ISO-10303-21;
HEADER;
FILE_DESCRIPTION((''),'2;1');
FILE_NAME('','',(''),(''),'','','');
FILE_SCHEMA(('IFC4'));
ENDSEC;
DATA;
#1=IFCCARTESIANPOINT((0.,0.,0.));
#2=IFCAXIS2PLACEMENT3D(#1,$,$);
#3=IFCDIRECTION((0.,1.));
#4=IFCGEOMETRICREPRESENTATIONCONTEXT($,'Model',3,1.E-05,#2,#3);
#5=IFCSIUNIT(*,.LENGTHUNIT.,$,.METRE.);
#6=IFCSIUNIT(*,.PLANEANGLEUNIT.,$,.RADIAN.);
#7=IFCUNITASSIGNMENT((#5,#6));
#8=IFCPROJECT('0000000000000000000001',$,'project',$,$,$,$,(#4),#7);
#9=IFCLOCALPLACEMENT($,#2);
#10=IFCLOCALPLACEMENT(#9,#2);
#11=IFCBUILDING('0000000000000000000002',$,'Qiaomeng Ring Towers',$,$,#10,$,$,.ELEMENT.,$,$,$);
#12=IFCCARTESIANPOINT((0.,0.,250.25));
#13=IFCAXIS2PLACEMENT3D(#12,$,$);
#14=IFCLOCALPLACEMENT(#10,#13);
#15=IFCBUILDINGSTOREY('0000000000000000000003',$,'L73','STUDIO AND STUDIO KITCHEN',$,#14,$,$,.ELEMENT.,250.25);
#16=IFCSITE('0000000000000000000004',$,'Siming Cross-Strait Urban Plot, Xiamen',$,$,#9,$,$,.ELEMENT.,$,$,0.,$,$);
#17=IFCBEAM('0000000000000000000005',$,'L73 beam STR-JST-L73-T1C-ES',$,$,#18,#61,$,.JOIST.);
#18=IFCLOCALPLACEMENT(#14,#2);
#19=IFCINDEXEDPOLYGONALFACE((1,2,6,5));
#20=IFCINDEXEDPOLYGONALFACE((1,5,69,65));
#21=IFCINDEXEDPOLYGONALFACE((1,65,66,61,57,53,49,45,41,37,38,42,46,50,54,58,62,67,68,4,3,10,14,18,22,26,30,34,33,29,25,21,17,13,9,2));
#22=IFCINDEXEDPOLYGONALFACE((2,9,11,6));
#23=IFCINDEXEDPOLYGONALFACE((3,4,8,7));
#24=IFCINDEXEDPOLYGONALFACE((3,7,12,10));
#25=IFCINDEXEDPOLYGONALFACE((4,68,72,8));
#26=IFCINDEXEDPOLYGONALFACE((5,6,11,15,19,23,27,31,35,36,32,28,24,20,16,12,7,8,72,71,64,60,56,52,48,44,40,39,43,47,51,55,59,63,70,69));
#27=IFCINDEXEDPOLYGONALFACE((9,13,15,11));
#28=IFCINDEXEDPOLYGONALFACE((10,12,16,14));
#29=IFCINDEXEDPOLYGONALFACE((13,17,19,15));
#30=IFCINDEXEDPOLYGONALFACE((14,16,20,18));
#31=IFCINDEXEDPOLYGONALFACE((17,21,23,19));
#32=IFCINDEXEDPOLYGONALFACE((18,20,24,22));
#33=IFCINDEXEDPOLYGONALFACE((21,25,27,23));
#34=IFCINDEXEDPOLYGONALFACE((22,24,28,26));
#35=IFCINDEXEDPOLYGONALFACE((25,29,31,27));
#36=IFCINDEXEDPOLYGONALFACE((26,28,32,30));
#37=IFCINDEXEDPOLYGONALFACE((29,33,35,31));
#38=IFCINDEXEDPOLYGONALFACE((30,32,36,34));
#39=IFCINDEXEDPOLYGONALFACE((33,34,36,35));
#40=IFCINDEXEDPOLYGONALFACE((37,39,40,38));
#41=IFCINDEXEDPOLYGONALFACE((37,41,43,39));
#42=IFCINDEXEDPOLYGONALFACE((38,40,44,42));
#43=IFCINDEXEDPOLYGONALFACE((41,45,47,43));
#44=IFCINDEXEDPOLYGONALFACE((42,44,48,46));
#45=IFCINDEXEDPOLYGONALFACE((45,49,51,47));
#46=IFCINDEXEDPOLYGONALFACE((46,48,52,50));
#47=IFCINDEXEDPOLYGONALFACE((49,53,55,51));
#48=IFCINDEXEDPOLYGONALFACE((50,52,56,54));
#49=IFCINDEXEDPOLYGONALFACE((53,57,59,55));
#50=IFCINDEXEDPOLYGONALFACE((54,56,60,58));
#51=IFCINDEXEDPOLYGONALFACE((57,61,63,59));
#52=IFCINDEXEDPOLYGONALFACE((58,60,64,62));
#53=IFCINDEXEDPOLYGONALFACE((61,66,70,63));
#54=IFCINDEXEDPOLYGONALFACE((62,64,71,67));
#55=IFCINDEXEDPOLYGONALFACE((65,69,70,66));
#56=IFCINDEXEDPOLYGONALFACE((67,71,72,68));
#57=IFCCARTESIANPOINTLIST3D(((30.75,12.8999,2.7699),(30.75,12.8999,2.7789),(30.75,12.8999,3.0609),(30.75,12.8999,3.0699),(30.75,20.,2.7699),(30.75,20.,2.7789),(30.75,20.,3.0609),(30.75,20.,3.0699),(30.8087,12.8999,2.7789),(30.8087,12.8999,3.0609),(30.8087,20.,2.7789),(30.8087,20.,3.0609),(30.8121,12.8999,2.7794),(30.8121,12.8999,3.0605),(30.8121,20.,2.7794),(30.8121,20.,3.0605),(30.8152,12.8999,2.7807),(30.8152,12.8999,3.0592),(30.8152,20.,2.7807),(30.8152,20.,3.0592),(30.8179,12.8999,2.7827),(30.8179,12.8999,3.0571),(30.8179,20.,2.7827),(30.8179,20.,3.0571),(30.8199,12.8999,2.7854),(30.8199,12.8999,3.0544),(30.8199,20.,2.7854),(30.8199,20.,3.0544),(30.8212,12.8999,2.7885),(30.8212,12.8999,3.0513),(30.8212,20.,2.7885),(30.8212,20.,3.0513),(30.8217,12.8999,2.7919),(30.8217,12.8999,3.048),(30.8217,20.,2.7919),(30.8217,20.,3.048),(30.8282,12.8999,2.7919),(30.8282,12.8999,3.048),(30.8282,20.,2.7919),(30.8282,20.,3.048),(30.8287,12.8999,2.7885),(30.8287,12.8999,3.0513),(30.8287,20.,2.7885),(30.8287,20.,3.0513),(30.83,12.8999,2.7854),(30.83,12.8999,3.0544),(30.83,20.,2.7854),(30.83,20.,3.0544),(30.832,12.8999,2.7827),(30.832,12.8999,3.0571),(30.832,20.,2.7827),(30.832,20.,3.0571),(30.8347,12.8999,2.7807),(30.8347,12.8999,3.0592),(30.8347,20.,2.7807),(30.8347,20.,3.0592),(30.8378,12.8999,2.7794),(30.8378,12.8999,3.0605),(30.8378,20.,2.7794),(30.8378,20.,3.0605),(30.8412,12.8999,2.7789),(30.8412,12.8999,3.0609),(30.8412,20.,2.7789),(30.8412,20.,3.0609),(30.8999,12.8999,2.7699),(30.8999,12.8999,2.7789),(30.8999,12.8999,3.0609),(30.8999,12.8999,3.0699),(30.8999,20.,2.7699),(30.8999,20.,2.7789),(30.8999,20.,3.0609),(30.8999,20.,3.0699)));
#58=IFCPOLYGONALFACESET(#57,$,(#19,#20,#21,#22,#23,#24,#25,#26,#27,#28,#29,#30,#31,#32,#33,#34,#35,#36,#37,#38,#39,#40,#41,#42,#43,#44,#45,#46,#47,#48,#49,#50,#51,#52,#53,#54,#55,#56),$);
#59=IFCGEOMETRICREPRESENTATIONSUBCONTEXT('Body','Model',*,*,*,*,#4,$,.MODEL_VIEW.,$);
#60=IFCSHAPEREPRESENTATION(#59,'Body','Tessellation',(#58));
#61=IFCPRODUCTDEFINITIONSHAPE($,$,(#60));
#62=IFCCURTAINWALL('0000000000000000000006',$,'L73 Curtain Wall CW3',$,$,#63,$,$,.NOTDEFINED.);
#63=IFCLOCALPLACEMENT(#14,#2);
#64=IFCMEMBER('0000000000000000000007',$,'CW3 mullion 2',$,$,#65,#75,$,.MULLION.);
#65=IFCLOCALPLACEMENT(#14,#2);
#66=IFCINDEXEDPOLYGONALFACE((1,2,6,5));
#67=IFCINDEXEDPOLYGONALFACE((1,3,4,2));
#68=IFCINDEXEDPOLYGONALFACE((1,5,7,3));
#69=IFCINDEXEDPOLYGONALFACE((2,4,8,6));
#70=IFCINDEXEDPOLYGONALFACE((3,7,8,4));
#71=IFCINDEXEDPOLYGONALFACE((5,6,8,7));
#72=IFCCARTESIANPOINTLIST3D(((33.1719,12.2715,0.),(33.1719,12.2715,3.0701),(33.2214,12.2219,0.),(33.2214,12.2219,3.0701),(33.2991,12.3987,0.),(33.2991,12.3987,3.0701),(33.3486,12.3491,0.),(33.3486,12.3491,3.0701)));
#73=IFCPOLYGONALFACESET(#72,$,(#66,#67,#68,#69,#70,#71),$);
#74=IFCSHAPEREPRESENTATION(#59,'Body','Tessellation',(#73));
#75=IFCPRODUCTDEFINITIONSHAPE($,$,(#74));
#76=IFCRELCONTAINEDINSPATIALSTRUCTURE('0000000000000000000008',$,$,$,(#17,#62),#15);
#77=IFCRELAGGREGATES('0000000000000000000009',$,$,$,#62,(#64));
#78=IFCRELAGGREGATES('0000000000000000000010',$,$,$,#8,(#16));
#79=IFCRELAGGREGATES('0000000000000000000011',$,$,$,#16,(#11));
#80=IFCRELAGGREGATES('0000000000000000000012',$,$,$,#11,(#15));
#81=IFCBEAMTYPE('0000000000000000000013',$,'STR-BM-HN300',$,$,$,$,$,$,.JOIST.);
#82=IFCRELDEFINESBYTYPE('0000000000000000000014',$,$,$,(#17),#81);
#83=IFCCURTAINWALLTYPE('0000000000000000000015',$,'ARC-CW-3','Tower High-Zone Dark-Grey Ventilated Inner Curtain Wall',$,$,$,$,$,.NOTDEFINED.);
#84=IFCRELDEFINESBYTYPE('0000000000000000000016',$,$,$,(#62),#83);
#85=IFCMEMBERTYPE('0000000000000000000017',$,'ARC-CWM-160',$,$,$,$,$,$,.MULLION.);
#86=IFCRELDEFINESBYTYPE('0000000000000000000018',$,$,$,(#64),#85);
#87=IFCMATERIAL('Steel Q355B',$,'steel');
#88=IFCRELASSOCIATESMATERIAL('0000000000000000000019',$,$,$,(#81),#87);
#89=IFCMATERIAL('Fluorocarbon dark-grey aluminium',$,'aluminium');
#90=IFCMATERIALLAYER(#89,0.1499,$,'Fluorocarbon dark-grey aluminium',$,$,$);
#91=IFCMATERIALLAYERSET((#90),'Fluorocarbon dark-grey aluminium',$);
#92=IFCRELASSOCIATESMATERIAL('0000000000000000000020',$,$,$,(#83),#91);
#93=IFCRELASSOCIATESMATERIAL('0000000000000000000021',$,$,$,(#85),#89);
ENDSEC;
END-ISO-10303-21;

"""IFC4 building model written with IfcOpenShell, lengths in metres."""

from ifc_helpers import new_model, si_unit, direction, frame, origin, origin_2d, place, context, subcontext, project, spatial, rectangle, i_section, extrude, source, transform, mapped, material, layer, layer_set, material_profile, profile_set, type_object, element, aggregate, save


model = new_model("IFC4")

# Units and contexts
model_context = context("Model", 3, precision=1e-05, world=origin(), true_north=direction((0.0, 1.0)))
body_context = subcontext(model_context, "Body", "Model", "MODEL_VIEW")
ifc_project = project(units=[si_unit("LENGTHUNIT", "METRE"), si_unit("PLANEANGLEUNIT", "RADIAN")], contexts=[model_context])

# Site, building, storey
site_placement = place(None, origin())
site = spatial("IfcSite", under=ifc_project, at=site_placement, Name="Siming Cross-Strait Urban Plot, Xiamen", CompositionType="ELEMENT", RefElevation=0.0)
building_placement = place(site_placement, origin())
building = spatial("IfcBuilding", under=site, at=building_placement, Name="Qiaomeng Ring Towers", CompositionType="ELEMENT")
storey_placement = place(building_placement, frame((0.0, 0.0, 250.25)))
storey = spatial("IfcBuildingStorey", under=building, at=storey_placement, Name="L73", Description="STUDIO AND STUDIO KITCHEN", CompositionType="ELEMENT", Elevation=250.25)

# Beam
ifc_material_1 = material(Name="Steel Q355B", Category="steel")
ifc_material_profile_1 = material_profile(ifc_material_1, i_section(OverallWidth=0.1499, OverallDepth=0.3, WebThickness=0.0066, FlangeThickness=0.009, FilletRadius=0.0129, at=origin_2d()), Name="HN 300x150x6.5x9")
ifc_profile_set_1 = profile_set([ifc_material_profile_1], Name="Steel Q355B")
beam_type_1 = type_object("IfcBeamType", Name="STR-BM-HN300", PredefinedType="JOIST", material=ifc_profile_set_1)
shared_shape_1 = source(origin(), body_context, "Body", "SweptSolid", [
    extrude(i_section(OverallWidth=0.1499, OverallDepth=0.3, WebThickness=0.0066, FlangeThickness=0.009, FilletRadius=0.0129, at=origin_2d()), origin(), (0.0, 0.0, 1.0), 7.1001),
])
beam_1_placement = place(storey_placement, frame((30.825, 12.8999, 2.9199), z_axis=(0.0, 1.0, 0.0), x_axis=(-1.0, 0.0, 0.0)))
element("IfcBeam", 1, at=beam_1_placement, inside=storey, type_object=beam_type_1, Name="L73 beam STR-JST-L73-T1C-ES", PredefinedType="JOIST", context=body_context, shape_type="MappedRepresentation", body=[
    mapped(shared_shape_1, transform((0.0, 0.0, 0.0), x_axis=(1.0, 0.0, 0.0), y_axis=(0.0, 1.0, 0.0), z_axis=(0.0, 0.0, 1.0), scale=1.0)),
])

# Curtain wall, member
ifc_material_2 = material(Name="Fluorocarbon dark-grey aluminium", Category="aluminium")
ifc_layer_1 = layer(ifc_material_2, 0.1499, Name="Fluorocarbon dark-grey aluminium")
ifc_layer_set_1 = layer_set([ifc_layer_1], Name="Fluorocarbon dark-grey aluminium")
curtain_wall_type = type_object("IfcCurtainWallType", Name="ARC-CW-3", Description="Tower High-Zone Dark-Grey Ventilated Inner Curtain Wall", PredefinedType="NOTDEFINED", material=ifc_layer_set_1)
curtain_wall_placement = place(storey_placement, origin())
curtain_wall = element("IfcCurtainWall", 2, at=curtain_wall_placement, inside=storey, type_object=curtain_wall_type, Name="L73 Curtain Wall CW3", PredefinedType="NOTDEFINED")
ifc_material_profile_2 = material_profile(ifc_material_2, rectangle(XDim=0.0701, YDim=0.1799, at=origin_2d()), Name="ALU MULL 70x180")
ifc_profile_set_2 = profile_set([ifc_material_profile_2], Name="Fluorocarbon dark-grey aluminium")
member_type = type_object("IfcMemberType", Name="ARC-CWM-160", PredefinedType="MULLION", material=ifc_profile_set_2)
shared_shape_2 = source(origin(), body_context, "Body", "SweptSolid", [
    extrude(rectangle(XDim=0.0701, YDim=0.1799, at=origin_2d()), origin(), (0.0, 0.0, 1.0), 3.0701),
])
member_placement = place(storey_placement, frame((33.2603, 12.3103, 0.0), z_axis=(0.0, 0.0, 1.0), x_axis=(-0.707107, 0.707107, 0.0)))
member = element("IfcMember", 3, at=member_placement, type_object=member_type, Name="CW3 mullion 2", PredefinedType="MULLION", context=body_context, shape_type="MappedRepresentation", body=[
    mapped(shared_shape_2, transform((0.0, 0.0, 0.0), x_axis=(1.0, 0.0, 0.0), y_axis=(0.0, 1.0, 0.0), z_axis=(0.0, 0.0, 1.0), scale=1.0)),
])
aggregate(curtain_wall, [member])

save(model, "model.ifc")
